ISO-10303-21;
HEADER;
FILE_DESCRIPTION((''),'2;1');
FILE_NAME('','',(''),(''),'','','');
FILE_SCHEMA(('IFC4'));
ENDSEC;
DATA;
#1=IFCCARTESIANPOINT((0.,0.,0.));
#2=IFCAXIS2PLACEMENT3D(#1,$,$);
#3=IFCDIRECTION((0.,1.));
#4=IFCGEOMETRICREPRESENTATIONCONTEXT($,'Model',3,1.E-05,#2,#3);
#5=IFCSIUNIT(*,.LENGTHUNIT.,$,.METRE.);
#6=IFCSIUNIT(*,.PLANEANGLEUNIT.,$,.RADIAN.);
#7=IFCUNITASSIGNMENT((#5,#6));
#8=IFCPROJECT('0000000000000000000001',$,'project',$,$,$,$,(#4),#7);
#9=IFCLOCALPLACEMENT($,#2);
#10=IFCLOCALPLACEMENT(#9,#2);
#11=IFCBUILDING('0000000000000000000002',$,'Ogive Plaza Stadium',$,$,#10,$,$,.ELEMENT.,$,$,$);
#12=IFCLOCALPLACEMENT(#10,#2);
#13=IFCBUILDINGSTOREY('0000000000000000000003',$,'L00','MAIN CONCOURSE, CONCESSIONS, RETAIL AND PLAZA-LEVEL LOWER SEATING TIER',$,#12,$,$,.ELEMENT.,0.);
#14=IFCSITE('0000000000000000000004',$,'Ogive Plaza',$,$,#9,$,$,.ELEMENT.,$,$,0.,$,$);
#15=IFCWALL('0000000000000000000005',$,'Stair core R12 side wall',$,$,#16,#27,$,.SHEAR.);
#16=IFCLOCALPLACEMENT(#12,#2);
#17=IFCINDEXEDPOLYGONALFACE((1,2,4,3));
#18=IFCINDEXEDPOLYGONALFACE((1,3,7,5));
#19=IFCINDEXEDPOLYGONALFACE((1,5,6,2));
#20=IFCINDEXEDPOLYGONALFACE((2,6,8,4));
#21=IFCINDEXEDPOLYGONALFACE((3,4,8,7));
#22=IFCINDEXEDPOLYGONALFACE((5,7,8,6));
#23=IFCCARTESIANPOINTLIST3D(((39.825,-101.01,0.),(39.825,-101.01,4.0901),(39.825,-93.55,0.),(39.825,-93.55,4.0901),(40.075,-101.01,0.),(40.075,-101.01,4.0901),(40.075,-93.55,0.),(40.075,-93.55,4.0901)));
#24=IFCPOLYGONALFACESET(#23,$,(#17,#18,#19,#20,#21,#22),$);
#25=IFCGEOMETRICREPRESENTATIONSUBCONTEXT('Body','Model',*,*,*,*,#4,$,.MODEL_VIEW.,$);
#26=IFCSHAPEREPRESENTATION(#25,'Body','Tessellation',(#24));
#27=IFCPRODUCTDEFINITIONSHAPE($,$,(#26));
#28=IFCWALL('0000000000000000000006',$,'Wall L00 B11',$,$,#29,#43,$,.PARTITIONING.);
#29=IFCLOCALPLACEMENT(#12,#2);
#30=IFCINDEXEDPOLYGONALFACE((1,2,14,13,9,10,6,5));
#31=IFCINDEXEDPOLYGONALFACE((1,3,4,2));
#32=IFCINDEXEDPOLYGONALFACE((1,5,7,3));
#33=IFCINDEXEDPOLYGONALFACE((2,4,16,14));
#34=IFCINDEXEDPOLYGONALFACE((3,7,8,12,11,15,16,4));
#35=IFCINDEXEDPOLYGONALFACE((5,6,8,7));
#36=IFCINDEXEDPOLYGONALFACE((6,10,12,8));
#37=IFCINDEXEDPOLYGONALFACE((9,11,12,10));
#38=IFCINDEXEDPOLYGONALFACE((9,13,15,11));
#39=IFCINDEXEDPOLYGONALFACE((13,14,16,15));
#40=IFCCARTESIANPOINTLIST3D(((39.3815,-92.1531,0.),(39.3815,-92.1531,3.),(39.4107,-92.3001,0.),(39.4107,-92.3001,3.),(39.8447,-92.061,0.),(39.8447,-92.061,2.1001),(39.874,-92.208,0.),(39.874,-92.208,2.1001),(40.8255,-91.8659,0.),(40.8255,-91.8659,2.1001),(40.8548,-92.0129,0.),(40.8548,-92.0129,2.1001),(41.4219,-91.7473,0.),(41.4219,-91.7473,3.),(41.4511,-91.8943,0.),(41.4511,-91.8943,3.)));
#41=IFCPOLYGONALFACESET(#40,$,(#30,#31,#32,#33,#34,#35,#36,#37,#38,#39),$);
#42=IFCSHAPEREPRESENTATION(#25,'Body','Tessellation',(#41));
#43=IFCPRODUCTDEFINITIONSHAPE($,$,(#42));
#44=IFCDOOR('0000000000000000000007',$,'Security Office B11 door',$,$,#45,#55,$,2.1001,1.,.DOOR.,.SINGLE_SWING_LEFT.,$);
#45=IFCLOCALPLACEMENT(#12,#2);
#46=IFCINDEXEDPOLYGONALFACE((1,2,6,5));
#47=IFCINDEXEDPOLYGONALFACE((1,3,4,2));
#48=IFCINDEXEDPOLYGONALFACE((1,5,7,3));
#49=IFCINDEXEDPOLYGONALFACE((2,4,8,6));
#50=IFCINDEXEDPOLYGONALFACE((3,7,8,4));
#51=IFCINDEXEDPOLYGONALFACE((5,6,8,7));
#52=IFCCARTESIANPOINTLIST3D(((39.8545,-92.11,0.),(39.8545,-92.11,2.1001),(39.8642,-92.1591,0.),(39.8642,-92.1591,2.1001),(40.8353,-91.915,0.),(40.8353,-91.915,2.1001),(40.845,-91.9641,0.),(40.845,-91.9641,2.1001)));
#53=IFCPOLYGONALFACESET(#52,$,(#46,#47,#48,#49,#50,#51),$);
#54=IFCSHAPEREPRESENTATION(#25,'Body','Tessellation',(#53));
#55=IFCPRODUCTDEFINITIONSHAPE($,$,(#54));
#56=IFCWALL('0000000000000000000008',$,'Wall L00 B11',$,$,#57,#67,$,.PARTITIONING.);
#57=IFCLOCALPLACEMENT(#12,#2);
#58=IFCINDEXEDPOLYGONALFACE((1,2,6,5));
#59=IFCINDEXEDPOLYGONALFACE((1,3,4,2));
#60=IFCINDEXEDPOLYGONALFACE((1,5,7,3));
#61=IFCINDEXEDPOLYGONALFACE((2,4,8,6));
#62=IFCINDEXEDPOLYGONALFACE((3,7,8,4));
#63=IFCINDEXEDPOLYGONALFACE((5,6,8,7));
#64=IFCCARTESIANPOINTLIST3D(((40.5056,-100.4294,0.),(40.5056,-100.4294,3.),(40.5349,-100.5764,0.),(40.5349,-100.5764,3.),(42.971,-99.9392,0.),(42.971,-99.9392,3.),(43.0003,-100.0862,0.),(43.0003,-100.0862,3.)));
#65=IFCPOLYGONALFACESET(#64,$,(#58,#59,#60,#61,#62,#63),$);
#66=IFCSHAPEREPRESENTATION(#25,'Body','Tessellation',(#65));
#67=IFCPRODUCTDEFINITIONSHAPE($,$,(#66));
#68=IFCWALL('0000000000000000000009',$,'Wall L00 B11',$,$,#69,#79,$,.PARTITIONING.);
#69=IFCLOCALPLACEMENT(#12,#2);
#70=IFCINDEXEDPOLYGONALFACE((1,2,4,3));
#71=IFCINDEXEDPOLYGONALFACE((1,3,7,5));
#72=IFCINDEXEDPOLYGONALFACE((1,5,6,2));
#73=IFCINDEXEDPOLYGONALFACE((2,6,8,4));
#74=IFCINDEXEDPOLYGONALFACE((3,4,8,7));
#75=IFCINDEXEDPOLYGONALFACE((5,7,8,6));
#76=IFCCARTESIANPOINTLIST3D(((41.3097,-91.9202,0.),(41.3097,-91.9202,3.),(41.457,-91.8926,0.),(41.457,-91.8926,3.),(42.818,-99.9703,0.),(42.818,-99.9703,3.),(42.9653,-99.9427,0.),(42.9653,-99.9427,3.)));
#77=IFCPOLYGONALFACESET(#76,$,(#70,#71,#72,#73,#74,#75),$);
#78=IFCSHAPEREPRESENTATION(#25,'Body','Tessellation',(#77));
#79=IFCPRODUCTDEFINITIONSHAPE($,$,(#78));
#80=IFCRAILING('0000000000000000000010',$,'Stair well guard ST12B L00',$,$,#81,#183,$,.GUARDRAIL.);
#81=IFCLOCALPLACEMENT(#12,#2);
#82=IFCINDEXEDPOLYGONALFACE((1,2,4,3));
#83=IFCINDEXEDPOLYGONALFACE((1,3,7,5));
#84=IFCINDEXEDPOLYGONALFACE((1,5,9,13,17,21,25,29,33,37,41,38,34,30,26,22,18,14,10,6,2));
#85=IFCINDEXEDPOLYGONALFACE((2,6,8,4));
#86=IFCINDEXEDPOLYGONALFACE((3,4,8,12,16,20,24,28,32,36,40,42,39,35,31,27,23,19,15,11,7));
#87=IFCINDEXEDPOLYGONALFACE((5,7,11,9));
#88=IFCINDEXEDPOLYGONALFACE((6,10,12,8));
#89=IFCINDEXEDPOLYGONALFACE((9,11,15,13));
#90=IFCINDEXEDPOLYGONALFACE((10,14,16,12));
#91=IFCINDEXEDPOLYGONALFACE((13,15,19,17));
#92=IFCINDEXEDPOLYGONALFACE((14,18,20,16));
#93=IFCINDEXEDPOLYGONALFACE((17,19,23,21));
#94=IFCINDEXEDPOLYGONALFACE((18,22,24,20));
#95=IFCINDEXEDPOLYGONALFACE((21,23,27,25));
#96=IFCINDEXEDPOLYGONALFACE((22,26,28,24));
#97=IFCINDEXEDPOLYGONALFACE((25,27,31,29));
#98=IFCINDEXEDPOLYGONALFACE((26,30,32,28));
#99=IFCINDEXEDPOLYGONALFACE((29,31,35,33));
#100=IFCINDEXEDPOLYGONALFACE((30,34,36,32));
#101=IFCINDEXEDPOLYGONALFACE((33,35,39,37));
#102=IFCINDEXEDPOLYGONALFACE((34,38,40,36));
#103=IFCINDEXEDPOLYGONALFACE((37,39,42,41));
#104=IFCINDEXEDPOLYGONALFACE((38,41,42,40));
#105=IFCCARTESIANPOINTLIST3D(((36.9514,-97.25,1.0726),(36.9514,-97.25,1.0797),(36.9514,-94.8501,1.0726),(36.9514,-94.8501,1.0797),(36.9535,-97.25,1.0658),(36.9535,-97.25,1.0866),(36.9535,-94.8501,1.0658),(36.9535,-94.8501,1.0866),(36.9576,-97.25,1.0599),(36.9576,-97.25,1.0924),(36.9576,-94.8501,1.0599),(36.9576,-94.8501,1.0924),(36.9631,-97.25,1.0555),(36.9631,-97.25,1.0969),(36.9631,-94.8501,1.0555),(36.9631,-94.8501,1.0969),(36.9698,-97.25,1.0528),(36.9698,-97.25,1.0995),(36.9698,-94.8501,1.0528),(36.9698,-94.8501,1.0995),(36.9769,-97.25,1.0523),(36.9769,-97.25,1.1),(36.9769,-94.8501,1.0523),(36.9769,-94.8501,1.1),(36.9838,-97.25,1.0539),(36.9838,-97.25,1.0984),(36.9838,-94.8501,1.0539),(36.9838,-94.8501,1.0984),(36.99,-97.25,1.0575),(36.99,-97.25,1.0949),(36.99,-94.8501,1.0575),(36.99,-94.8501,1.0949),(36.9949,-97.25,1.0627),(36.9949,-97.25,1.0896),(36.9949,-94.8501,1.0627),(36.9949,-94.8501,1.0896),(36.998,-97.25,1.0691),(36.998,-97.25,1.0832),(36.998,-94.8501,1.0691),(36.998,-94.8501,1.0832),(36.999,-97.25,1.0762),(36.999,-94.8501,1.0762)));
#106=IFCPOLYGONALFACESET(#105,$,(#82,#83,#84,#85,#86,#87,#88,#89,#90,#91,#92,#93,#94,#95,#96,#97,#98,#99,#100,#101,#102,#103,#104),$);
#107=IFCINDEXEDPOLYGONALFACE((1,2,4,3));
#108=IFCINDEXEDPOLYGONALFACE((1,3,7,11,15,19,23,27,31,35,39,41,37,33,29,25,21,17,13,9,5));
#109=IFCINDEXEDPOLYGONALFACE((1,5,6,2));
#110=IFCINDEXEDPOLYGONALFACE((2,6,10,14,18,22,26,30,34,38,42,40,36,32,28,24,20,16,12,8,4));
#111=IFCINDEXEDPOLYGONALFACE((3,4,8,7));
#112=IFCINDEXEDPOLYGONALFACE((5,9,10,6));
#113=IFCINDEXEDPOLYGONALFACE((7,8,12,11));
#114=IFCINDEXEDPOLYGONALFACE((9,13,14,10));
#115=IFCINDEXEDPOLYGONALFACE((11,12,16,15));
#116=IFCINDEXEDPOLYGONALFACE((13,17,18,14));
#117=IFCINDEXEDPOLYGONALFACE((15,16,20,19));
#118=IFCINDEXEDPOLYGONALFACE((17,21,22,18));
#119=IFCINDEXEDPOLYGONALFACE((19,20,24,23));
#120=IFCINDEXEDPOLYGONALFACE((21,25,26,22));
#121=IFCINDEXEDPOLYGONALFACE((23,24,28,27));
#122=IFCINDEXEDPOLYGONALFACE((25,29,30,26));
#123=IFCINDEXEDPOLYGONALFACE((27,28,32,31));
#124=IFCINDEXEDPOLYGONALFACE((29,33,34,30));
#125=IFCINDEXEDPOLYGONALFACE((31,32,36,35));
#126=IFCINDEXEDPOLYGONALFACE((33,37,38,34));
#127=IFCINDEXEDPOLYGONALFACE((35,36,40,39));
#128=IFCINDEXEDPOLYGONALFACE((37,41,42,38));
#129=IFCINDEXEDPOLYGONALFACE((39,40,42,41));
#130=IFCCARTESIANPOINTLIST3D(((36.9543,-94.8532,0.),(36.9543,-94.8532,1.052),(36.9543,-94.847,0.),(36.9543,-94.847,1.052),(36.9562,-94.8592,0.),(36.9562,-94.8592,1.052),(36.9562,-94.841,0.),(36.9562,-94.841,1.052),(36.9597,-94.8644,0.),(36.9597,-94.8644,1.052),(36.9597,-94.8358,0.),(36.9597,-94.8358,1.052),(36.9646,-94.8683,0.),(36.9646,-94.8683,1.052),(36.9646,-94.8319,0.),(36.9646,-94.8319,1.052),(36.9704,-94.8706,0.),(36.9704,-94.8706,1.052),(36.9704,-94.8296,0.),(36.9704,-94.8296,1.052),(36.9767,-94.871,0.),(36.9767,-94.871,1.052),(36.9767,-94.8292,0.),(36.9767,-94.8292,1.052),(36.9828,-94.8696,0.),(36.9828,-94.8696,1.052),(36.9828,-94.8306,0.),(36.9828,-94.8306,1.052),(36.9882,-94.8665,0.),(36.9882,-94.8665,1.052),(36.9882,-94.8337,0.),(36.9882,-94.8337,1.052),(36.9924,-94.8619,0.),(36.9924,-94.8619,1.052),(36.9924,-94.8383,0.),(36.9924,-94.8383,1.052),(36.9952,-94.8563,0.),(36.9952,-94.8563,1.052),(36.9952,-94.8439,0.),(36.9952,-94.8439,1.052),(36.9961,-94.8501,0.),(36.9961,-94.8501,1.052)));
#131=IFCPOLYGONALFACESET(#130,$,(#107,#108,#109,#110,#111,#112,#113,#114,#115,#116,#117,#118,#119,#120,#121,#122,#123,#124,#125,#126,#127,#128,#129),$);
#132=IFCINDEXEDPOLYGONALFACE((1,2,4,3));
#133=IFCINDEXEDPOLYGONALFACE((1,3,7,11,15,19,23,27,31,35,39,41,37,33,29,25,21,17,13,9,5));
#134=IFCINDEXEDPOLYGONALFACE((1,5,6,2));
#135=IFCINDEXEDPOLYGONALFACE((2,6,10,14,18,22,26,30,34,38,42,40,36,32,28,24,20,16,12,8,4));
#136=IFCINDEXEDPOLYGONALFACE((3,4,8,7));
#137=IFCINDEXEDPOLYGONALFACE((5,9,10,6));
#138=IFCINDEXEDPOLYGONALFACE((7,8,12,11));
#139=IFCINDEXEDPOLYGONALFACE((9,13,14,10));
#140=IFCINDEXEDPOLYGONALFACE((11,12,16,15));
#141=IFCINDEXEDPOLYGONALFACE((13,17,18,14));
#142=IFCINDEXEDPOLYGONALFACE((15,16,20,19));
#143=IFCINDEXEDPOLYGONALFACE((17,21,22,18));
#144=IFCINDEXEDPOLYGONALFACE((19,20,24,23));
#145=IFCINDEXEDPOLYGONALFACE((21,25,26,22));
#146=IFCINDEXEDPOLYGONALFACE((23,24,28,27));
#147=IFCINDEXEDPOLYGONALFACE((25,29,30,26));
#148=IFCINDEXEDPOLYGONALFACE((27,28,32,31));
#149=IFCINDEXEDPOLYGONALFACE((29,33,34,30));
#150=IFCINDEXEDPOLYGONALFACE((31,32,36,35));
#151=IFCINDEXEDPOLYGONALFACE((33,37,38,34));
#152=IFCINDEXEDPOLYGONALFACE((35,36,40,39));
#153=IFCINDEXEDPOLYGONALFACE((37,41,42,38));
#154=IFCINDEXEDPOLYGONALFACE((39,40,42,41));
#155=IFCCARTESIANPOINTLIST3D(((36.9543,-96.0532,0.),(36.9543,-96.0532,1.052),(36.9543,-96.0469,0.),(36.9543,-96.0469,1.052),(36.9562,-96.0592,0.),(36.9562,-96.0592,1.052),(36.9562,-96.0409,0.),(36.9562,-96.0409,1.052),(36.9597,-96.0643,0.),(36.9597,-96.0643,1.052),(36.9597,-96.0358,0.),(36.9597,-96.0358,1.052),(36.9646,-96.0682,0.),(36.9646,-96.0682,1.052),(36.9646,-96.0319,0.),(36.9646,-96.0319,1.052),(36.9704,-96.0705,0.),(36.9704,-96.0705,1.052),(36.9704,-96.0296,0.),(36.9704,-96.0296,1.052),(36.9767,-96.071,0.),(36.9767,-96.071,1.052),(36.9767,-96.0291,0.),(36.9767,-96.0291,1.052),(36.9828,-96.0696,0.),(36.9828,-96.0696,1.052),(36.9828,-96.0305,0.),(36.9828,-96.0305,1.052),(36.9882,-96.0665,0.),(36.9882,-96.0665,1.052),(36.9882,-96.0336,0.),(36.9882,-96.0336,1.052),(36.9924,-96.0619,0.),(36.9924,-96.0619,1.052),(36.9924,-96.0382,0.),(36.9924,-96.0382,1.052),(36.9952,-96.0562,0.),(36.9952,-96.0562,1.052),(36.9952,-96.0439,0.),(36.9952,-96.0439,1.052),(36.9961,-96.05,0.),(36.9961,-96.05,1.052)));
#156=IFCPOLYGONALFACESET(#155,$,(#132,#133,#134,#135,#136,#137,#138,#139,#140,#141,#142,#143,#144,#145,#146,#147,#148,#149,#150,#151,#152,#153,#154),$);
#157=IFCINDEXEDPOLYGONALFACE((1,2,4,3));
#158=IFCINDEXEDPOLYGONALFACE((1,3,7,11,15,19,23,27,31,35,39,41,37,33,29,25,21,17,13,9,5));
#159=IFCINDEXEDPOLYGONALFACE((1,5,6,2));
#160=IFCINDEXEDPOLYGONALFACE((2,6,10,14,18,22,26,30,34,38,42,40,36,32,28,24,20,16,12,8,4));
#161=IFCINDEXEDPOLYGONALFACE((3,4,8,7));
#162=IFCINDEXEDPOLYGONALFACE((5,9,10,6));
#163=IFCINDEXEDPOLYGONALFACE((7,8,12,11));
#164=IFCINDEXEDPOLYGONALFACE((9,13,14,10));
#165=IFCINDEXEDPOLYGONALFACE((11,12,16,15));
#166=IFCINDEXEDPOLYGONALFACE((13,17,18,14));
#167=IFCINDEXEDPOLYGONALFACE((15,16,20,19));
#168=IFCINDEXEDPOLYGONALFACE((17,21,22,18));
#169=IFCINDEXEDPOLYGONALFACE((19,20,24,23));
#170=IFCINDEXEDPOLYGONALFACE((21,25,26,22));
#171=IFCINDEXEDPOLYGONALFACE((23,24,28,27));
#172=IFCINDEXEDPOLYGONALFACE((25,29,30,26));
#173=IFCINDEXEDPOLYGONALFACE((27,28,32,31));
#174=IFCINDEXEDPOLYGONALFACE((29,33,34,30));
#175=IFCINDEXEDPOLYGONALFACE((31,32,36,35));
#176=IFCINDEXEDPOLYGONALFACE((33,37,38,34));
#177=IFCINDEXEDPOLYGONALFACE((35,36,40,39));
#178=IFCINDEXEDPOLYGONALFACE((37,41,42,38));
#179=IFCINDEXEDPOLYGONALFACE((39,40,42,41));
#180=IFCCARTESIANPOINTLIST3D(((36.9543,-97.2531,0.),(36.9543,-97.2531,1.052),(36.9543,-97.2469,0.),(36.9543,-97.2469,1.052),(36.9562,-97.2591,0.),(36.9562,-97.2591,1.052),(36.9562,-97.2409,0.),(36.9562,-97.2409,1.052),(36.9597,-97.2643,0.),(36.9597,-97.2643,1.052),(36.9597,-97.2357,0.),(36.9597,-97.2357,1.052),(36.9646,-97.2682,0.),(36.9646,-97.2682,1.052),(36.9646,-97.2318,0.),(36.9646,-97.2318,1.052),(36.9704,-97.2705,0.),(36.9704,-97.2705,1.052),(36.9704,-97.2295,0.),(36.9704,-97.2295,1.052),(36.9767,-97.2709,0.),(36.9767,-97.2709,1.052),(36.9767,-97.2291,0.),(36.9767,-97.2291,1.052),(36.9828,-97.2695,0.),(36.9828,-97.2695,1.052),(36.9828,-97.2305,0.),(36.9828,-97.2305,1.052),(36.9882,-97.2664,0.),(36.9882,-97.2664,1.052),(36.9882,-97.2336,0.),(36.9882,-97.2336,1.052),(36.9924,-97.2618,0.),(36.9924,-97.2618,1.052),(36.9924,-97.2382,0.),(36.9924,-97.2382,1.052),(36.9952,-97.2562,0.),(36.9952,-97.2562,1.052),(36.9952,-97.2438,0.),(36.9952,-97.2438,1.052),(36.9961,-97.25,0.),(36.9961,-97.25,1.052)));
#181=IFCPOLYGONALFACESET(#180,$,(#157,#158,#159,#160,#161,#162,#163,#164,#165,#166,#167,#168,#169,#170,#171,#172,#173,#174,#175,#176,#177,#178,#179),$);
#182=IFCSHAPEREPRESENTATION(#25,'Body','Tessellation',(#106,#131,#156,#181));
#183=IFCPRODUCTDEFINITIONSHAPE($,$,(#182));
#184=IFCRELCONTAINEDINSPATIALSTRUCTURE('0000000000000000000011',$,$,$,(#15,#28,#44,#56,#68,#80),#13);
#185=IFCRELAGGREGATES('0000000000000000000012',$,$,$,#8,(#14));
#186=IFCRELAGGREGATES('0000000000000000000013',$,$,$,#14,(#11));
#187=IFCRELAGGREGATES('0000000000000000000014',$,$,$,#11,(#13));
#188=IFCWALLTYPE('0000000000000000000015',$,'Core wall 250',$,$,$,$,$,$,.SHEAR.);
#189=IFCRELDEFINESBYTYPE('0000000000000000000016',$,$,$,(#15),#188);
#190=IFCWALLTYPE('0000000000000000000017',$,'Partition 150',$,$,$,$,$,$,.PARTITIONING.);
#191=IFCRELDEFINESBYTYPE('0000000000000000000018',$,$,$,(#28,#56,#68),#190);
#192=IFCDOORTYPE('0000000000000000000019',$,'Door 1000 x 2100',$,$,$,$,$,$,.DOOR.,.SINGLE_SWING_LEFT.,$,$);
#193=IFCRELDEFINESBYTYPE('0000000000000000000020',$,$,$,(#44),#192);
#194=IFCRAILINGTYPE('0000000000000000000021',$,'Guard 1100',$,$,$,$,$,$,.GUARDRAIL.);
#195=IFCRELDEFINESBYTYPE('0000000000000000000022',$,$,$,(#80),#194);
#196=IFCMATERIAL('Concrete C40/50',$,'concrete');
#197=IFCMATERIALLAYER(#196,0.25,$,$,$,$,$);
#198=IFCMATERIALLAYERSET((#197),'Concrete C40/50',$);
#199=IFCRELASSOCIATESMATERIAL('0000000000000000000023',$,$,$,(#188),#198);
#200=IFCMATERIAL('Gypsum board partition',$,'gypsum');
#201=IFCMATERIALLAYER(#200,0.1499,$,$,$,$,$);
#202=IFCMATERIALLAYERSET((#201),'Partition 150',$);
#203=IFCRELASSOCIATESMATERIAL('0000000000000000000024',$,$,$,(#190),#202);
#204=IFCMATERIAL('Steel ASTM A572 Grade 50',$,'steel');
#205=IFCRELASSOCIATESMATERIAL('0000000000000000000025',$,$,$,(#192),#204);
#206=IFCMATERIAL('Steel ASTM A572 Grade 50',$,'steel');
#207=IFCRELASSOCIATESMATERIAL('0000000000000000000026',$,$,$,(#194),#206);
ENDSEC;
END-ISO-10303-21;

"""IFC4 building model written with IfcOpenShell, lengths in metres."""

from ifc_helpers import new_model, si_unit, direction, frame, frame_2d, origin, origin_2d, place, context, subcontext, project, spatial, rectangle, circle, extrude, material, layer, layer_set, type_object, element, fill, save


model = new_model("IFC4")

# Units and contexts
model_context = context("Model", 3, precision=1e-05, world=origin(), true_north=direction((0.0, 1.0)))
body_context = subcontext(model_context, "Body", "Model", "MODEL_VIEW")
ifc_project = project(units=[si_unit("LENGTHUNIT", "METRE"), si_unit("PLANEANGLEUNIT", "RADIAN")], contexts=[model_context])

# Site, building, storey
site_placement = place(None, origin())
site = spatial("IfcSite", under=ifc_project, at=site_placement, Name="Ogive Plaza", CompositionType="ELEMENT", RefElevation=0.0)
building_placement = place(site_placement, origin())
building = spatial("IfcBuilding", under=site, at=building_placement, Name="Ogive Plaza Stadium", CompositionType="ELEMENT")
storey_placement = place(building_placement, origin())
storey = spatial("IfcBuildingStorey", under=building, at=storey_placement, Name="L00", Description="MAIN CONCOURSE, CONCESSIONS, RETAIL AND PLAZA-LEVEL LOWER SEATING TIER", CompositionType="ELEMENT", Elevation=0.0)

# Wall
ifc_material_1 = material(Name="Concrete C40/50", Category="concrete")
ifc_layer_1 = layer(ifc_material_1, 0.25)
ifc_layer_set_1 = layer_set([ifc_layer_1], Name="Concrete C40/50")
wall_type_1 = type_object("IfcWallType", Name="Core wall 250", PredefinedType="SHEAR", material=ifc_layer_set_1)
wall_1_placement = place(storey_placement, frame((39.95, -93.55, 0.0), z_axis=(0.0, 0.0, 1.0), x_axis=(0.0, -1.0, 0.0)))
element("IfcWall", 1, at=wall_1_placement, inside=storey, type_object=wall_type_1, Name="Stair core R12 side wall", PredefinedType="SHEAR", context=body_context, shape_type="SweptSolid", body=[
    extrude(rectangle(XDim=7.46, YDim=0.25, at=frame_2d((3.73, 0.0))), origin(), (0.0, 0.0, 1.0), 4.0901),
])

# Wall, opening, door
ifc_material_2 = material(Name="Gypsum board partition", Category="gypsum")
ifc_layer_2 = layer(ifc_material_2, 0.1499)
ifc_layer_set_2 = layer_set([ifc_layer_2], Name="Partition 150")
wall_type_2 = type_object("IfcWallType", Name="Partition 150", PredefinedType="PARTITIONING", material=ifc_layer_set_2)
wall_2_placement = place(storey_placement, frame((39.3962, -92.2266, 0.0), z_axis=(0.0, 0.0, 1.0), x_axis=(0.980792, 0.195055, 0.0)))
wall_2 = element("IfcWall", 2, at=wall_2_placement, inside=storey, type_object=wall_type_2, Name="Wall L00 B11", PredefinedType="PARTITIONING", context=body_context, shape_type="SweptSolid", body=[
    extrude(rectangle(XDim=2.0803, YDim=0.1499, at=frame_2d((1.04, 0.0))), origin(), (0.0, 0.0, 1.0), 3.0),
])
opening_placement = place(wall_2_placement, frame((0.4722, 0.0, 0.0)))
opening = element("IfcOpeningElement", 3, at=opening_placement, cuts=wall_2, PredefinedType="OPENING", context=body_context, shape_type="SweptSolid", body=[
    extrude(rectangle(XDim=1.0, YDim=2.1001, at=frame_2d((0.5, 1.05))), frame((0.0, 0.075, 0.0), z_axis=(0.0, -1.0, 0.0), x_axis=(1.0, 0.0, 0.0)), (0.0, 0.0, 1.0), 0.1499),
])
ifc_material_3 = material(Name="Steel ASTM A572 Grade 50", Category="steel")
door_type = type_object("IfcDoorType", Name="Door 1000 x 2100", OperationType="SINGLE_SWING_LEFT", PredefinedType="DOOR", material=ifc_material_3)
door_placement = place(opening_placement, origin())
door = element("IfcDoor", 4, at=door_placement, inside=storey, type_object=door_type, Name="Security Office B11 door", OperationType="SINGLE_SWING_LEFT", OverallHeight=2.1001, OverallWidth=1.0, PredefinedType="DOOR", context=body_context, shape_type="SweptSolid", body=[
    extrude(rectangle(XDim=1.0, YDim=2.1001, at=frame_2d((0.5, 1.05))), frame((0.0, 0.0249, 0.0), z_axis=(0.0, -1.0, 0.0), x_axis=(1.0, 0.0, 0.0)), (0.0, 0.0, 1.0), 0.05),
])
fill(opening, door)

# Walls
wall_3_placement = place(storey_placement, frame((40.5203, -100.5029, 0.0), z_axis=(0.0, 0.0, 1.0), x_axis=(0.980797, 0.195033, 0.0)))
element("IfcWall", 5, at=wall_3_placement, inside=storey, type_object=wall_type_2, Name="Wall L00 B11", PredefinedType="PARTITIONING", context=body_context, shape_type="SweptSolid", body=[
    extrude(rectangle(XDim=2.5137, YDim=0.1499, at=frame_2d((1.2568, 0.0))), origin(), (0.0, 0.0, 1.0), 3.0),
])
wall_4_placement = place(storey_placement, frame((41.3833, -91.9062, 0.0), z_axis=(0.0, 0.0, 1.0), x_axis=(0.184161, -0.982896, 0.0)))
element("IfcWall", 6, at=wall_4_placement, inside=storey, type_object=wall_type_2, Name="Wall L00 B11", PredefinedType="PARTITIONING", context=body_context, shape_type="SweptSolid", body=[
    extrude(rectangle(XDim=8.1902, YDim=0.1499, at=frame_2d((4.0952, 0.0))), origin(), (0.0, 0.0, 1.0), 3.0),
])

# Railing
ifc_material_4 = material(Name="Steel ASTM A572 Grade 50", Category="steel")
railing_type_1 = type_object("IfcRailingType", Name="Guard 1100", PredefinedType="GUARDRAIL", material=ifc_material_4)
for number, where, name in (
    (7, (36.9751, -94.8501, 0.0), "Stair well guard ST12B L00"),
):
    element("IfcRailing", number, at=place(storey_placement, frame(where)), inside=storey, type_object=railing_type_1, Name=name, PredefinedType="GUARDRAIL", context=body_context, shape_type="SweptSolid", body=[
        extrude(circle(Radius=0.0239, at=origin_2d()), frame((0.0, 0.0, 1.0762), z_axis=(0.0, -1.0, 0.0), x_axis=(1.0, 0.0, 0.0)), (0.0, 0.0, 1.0), 2.3999),
        extrude(circle(Radius=0.021, at=origin_2d()), origin(), (0.0, 0.0, 1.0), 1.052),
        extrude(circle(Radius=0.021, at=origin_2d()), frame((0.0, -1.2, 0.0)), (0.0, 0.0, 1.0), 1.052),
        extrude(circle(Radius=0.021, at=origin_2d()), frame((0.0, -2.3999, 0.0)), (0.0, 0.0, 1.0), 1.052),
    ])

save(model, "model.ifc")
